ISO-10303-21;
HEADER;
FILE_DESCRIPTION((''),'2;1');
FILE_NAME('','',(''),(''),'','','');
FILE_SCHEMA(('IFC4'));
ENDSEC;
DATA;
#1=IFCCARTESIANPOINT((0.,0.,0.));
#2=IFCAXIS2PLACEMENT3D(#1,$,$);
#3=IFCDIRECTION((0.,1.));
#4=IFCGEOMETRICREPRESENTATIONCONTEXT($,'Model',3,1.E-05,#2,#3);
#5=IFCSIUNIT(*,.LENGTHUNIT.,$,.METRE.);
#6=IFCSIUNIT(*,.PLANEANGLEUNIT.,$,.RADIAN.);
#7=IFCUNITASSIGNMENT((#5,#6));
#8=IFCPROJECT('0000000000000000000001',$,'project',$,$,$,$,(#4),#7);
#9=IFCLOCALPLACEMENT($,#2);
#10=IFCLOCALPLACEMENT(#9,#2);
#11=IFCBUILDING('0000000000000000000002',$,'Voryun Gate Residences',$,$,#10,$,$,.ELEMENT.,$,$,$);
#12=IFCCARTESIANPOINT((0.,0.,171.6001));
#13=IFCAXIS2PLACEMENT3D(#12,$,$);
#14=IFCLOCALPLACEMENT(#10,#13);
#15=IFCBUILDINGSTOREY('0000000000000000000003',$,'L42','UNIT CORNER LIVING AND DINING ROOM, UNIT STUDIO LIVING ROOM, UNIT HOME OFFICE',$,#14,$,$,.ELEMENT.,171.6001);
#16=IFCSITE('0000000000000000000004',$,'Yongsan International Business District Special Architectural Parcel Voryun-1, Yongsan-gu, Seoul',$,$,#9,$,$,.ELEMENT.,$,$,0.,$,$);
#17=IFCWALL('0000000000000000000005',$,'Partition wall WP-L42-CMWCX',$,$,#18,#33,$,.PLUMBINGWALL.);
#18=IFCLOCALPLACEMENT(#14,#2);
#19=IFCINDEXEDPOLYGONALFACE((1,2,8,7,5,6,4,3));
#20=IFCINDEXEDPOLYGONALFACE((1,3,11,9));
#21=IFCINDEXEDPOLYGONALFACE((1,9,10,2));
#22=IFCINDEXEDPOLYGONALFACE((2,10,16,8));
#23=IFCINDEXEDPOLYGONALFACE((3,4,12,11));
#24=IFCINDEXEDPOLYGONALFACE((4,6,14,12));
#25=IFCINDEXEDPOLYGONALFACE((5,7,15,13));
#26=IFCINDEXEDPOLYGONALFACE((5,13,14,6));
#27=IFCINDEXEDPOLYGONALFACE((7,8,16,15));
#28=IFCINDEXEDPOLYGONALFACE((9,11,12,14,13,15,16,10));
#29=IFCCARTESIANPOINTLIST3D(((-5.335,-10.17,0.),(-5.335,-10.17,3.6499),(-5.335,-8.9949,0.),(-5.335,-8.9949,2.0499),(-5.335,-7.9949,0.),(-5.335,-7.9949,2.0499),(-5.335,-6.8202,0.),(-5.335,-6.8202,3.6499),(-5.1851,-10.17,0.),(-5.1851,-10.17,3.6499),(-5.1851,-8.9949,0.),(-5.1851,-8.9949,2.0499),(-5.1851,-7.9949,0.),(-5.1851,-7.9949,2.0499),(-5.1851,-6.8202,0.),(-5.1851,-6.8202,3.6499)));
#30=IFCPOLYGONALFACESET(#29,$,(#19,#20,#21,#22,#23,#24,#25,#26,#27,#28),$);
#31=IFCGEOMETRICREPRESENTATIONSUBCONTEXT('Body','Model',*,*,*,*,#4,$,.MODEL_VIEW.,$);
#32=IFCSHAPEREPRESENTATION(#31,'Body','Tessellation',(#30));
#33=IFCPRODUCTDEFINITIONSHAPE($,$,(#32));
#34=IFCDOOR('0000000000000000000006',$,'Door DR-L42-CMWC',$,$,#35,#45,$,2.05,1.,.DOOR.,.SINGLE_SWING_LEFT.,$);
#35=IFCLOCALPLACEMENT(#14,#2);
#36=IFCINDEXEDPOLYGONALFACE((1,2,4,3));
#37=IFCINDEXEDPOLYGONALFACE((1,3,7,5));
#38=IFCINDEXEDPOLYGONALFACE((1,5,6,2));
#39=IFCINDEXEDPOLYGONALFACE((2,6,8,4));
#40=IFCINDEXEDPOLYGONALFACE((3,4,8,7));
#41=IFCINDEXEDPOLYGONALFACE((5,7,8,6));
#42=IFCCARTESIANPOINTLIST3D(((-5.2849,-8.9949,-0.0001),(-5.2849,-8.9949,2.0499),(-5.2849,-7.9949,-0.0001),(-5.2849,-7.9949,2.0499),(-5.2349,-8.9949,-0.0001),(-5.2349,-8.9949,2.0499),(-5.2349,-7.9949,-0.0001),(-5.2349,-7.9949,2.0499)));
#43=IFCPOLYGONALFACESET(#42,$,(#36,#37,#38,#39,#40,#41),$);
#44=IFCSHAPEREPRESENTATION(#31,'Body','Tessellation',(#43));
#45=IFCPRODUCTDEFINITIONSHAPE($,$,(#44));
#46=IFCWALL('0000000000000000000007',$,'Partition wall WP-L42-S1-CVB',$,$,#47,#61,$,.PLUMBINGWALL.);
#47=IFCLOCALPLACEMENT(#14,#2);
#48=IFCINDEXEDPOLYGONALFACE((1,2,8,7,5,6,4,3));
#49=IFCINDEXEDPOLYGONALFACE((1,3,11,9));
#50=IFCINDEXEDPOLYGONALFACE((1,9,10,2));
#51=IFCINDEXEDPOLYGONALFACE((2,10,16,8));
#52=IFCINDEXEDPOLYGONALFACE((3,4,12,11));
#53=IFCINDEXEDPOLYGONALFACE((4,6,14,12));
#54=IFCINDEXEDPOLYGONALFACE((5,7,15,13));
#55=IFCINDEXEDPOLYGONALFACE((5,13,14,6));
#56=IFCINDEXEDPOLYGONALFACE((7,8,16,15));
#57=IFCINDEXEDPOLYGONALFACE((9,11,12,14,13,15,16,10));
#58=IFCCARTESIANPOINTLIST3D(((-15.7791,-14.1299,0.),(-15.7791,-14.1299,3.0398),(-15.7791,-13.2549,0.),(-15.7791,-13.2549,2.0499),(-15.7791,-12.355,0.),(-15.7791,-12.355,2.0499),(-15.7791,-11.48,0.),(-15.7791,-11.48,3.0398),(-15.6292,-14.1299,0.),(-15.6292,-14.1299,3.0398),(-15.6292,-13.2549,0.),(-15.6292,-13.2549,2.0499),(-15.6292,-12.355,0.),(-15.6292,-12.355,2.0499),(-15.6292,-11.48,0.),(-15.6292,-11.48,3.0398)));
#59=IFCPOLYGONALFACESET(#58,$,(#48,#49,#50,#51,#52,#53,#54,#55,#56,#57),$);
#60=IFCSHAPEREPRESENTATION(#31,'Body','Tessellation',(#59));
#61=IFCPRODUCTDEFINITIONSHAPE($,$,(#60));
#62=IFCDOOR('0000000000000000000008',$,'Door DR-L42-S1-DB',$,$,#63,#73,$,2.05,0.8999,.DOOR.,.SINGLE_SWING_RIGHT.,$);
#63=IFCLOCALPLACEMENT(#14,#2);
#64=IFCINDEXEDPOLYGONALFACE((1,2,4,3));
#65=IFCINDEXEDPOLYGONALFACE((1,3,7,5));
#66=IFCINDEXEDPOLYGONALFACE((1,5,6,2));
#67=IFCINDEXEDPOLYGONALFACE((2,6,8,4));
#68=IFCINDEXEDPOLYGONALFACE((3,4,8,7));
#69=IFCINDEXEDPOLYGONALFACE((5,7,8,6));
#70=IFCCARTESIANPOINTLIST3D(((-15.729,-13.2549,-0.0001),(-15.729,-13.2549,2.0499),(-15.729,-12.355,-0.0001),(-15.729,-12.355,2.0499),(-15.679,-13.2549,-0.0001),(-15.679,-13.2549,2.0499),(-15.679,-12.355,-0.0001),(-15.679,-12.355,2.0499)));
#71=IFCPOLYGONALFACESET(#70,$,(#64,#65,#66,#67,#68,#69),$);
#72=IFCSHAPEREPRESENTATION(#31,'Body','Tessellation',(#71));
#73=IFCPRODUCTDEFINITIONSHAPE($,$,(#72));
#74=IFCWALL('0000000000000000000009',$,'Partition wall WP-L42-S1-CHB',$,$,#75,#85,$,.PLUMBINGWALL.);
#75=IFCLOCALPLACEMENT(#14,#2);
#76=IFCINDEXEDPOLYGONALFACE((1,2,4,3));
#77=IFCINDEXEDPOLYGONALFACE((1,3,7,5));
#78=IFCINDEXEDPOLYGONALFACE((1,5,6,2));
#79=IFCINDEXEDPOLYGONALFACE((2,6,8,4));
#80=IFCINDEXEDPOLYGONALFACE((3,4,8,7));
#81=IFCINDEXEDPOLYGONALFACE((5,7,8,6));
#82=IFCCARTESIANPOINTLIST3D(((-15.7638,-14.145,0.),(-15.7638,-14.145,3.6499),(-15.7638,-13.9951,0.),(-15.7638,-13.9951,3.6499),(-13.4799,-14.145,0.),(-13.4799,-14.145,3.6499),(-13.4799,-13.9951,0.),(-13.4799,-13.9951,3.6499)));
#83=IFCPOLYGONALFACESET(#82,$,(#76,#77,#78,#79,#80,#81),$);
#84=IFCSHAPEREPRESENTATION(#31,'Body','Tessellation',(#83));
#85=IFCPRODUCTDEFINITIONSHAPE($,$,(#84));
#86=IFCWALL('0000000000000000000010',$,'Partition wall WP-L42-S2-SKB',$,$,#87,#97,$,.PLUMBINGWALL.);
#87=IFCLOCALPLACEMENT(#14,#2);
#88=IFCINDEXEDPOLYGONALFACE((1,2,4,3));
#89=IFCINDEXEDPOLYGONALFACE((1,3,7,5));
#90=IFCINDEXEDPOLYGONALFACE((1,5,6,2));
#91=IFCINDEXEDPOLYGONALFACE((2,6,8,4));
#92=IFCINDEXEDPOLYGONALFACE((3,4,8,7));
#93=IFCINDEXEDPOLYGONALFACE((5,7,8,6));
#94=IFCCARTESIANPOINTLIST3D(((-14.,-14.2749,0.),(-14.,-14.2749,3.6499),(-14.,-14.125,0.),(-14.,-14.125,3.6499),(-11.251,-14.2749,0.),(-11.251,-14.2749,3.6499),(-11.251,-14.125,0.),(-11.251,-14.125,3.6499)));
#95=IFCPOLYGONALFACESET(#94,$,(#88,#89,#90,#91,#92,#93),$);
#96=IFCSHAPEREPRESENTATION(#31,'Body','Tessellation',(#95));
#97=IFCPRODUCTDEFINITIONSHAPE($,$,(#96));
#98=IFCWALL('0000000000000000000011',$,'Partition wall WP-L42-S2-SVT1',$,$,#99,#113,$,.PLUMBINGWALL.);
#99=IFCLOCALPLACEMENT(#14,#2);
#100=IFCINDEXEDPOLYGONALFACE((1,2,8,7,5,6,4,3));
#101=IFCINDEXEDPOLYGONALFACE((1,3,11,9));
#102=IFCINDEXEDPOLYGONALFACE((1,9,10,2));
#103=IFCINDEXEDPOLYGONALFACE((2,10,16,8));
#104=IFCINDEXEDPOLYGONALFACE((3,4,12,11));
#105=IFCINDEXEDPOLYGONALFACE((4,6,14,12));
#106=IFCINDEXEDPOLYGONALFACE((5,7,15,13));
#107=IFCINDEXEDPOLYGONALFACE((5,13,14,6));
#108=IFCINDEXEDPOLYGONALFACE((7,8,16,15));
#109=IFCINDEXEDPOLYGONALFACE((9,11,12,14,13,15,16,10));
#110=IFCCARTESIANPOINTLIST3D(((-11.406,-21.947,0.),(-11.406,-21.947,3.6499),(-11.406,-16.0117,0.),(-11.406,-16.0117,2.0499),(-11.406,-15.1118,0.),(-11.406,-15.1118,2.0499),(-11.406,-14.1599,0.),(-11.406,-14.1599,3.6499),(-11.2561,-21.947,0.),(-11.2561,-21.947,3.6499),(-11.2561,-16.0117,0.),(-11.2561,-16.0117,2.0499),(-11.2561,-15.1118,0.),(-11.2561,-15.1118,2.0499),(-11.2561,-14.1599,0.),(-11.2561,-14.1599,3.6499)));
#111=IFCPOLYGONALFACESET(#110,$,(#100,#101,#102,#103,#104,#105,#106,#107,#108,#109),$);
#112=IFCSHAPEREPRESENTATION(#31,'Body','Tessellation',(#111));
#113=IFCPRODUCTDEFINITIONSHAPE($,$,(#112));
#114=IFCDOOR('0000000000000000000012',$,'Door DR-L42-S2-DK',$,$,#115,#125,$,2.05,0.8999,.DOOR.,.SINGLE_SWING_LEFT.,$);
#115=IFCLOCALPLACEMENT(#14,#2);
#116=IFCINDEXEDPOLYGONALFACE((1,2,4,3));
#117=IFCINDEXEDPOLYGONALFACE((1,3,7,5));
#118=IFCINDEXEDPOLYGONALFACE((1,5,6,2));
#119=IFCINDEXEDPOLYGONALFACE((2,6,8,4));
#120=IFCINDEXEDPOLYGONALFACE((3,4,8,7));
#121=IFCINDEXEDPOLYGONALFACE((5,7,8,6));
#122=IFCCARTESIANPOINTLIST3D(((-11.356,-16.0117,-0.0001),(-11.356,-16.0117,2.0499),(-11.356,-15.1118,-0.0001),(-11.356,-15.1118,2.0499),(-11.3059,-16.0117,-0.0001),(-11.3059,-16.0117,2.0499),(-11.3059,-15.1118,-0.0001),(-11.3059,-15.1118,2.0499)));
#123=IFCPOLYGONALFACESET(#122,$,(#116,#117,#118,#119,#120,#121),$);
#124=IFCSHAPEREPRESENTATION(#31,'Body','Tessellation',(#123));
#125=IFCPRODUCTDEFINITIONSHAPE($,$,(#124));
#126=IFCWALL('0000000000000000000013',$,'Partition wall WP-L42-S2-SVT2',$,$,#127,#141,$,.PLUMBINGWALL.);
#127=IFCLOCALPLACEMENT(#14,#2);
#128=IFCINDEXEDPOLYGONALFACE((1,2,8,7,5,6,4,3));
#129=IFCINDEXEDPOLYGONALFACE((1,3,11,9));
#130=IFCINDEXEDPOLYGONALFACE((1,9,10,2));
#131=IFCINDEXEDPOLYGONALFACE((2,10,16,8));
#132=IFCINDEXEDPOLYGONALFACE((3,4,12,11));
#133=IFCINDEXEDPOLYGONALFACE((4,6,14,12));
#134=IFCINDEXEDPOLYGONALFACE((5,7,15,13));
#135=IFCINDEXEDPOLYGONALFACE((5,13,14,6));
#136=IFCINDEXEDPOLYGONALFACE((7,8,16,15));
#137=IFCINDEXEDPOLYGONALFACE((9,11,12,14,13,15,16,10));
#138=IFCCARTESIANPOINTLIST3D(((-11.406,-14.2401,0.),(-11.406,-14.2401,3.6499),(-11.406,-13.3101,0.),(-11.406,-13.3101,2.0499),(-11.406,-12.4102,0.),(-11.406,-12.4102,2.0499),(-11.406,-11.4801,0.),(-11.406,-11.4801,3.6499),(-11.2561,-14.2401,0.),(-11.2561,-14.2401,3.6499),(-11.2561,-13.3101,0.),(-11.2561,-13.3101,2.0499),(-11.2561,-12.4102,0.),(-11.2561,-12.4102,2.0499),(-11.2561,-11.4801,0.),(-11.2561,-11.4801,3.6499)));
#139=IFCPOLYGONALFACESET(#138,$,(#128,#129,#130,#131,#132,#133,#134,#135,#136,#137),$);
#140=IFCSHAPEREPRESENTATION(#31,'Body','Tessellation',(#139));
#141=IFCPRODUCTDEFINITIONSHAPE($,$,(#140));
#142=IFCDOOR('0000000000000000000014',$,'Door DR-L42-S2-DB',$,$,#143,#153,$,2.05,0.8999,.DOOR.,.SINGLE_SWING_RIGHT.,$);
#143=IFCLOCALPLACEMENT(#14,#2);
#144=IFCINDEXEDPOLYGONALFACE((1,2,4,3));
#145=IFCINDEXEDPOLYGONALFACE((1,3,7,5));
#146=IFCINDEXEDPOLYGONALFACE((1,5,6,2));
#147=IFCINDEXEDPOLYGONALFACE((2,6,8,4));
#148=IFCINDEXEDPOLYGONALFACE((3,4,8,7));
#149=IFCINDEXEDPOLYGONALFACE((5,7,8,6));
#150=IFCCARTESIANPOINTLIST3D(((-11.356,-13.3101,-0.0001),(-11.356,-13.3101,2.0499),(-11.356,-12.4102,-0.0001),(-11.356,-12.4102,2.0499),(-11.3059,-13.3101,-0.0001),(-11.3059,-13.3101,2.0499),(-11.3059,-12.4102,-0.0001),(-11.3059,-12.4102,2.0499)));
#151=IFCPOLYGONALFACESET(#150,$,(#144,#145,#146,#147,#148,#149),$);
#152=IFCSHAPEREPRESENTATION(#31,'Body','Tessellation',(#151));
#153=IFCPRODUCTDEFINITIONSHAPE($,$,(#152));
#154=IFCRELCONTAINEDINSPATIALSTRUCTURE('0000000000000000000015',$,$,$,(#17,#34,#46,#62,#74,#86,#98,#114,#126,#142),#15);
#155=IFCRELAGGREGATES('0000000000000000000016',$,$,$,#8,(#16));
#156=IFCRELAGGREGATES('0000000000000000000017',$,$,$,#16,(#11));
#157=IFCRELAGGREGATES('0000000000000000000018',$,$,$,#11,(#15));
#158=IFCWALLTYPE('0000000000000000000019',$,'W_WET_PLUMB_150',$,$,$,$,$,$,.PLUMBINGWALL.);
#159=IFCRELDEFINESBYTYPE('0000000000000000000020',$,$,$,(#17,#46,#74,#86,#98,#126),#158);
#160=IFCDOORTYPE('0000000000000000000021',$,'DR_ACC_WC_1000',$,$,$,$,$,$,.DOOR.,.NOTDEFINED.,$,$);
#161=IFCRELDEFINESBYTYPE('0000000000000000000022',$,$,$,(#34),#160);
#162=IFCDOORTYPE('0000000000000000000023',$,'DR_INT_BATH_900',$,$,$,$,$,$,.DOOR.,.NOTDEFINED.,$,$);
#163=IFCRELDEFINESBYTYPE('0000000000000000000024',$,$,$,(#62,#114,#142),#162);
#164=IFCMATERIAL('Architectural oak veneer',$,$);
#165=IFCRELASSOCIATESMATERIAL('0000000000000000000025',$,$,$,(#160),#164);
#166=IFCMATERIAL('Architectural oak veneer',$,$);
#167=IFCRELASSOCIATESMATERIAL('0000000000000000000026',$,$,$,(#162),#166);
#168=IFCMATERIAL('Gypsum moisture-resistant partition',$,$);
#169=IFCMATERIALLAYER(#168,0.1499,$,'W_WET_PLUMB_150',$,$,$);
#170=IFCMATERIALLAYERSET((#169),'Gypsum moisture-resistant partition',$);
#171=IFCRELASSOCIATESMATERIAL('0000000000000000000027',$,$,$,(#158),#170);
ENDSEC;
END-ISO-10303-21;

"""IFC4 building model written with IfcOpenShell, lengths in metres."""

from ifc_helpers import new_model, si_unit, direction, frame, frame_2d, origin, place, context, subcontext, project, spatial, rectangle, extrude, material, layer, layer_set, type_object, element, fill, save


model = new_model("IFC4")

# Units and contexts
model_context = context("Model", 3, precision=1e-05, world=origin(), true_north=direction((0.0, 1.0)))
body_context = subcontext(model_context, "Body", "Model", "MODEL_VIEW")
ifc_project = project(units=[si_unit("LENGTHUNIT", "METRE"), si_unit("PLANEANGLEUNIT", "RADIAN")], contexts=[model_context])

# Site, building, storey
site_placement = place(None, origin())
site = spatial("IfcSite", under=ifc_project, at=site_placement, Name="Yongsan International Business District Special Architectural Parcel Voryun-1, Yongsan-gu, Seoul", CompositionType="ELEMENT", RefElevation=0.0)
building_placement = place(site_placement, origin())
building = spatial("IfcBuilding", under=site, at=building_placement, Name="Voryun Gate Residences", CompositionType="ELEMENT")
storey_placement = place(building_placement, frame((0.0, 0.0, 171.6001)))
storey = spatial("IfcBuildingStorey", under=building, at=storey_placement, Name="L42", Description="UNIT CORNER LIVING AND DINING ROOM, UNIT STUDIO LIVING ROOM, UNIT HOME OFFICE", CompositionType="ELEMENT", Elevation=171.6001)

# Shared definitions
ifc_material_1 = material(Name="Architectural oak veneer")
door_type_1 = type_object("IfcDoorType", Name="DR_ACC_WC_1000", OperationType="NOTDEFINED", PredefinedType="DOOR", material=ifc_material_1)
ifc_material_2 = material(Name="Architectural oak veneer")
door_type_2 = type_object("IfcDoorType", Name="DR_INT_BATH_900", OperationType="NOTDEFINED", PredefinedType="DOOR", material=ifc_material_2)

# Walls, openings, doors
ifc_material_3 = material(Name="Gypsum moisture-resistant partition")
ifc_layer_1 = layer(ifc_material_3, 0.1499, Name="W_WET_PLUMB_150")
ifc_layer_set_1 = layer_set([ifc_layer_1], Name="Gypsum moisture-resistant partition")
wall_type_1 = type_object("IfcWallType", Name="W_WET_PLUMB_150", PredefinedType="PLUMBINGWALL", material=ifc_layer_set_1)
wall_1_placement = place(storey_placement, frame((-5.26, -10.1699, 0.0), z_axis=(0.0, 0.0, 1.0), x_axis=(0.0, 1.0, 0.0)))
wall_1 = element("IfcWall", 1, at=wall_1_placement, inside=storey, type_object=wall_type_1, Name="Partition wall WP-L42-CMWCX", PredefinedType="PLUMBINGWALL", context=body_context, shape_type="SweptSolid", body=[
    extrude(rectangle(XDim=3.3499, YDim=0.1499, at=frame_2d((1.6748, 0.0))), origin(), (0.0, 0.0, 1.0), 3.6499),
])
opening_1_placement = place(wall_1_placement, frame((1.175, 0.0, 0.0)))
opening_1 = element("IfcOpeningElement", 2, at=opening_1_placement, cuts=wall_1, PredefinedType="OPENING", context=body_context, shape_type="SweptSolid", body=[
    extrude(rectangle(XDim=1.0, YDim=2.05, at=frame_2d((0.5, 1.0249))), frame((0.0, 0.085, 0.0), z_axis=(0.0, -1.0, 0.0), x_axis=(1.0, 0.0, 0.0)), (0.0, 0.0, 1.0), 0.1699),
])
door_1_placement = place(opening_1_placement, origin())
door_1 = element("IfcDoor", 3, at=door_1_placement, inside=storey, type_object=door_type_1, Name="Door DR-L42-CMWC", OperationType="SINGLE_SWING_LEFT", OverallHeight=2.05, OverallWidth=1.0, PredefinedType="DOOR", context=body_context, shape_type="SweptSolid", body=[
    extrude(rectangle(XDim=1.0, YDim=2.05, at=frame_2d((0.5, 1.0249))), frame((0.0, 0.0249, 0.0), z_axis=(0.0, -1.0, 0.0), x_axis=(1.0, 0.0, 0.0)), (0.0, 0.0, 1.0), 0.05),
])
fill(opening_1, door_1)
wall_2_placement = place(storey_placement, frame((-15.7041, -14.1299, 0.0), z_axis=(0.0, 0.0, 1.0), x_axis=(0.0, 1.0, 0.0)))
wall_2 = element("IfcWall", 4, at=wall_2_placement, inside=storey, type_object=wall_type_1, Name="Partition wall WP-L42-S1-CVB", PredefinedType="PLUMBINGWALL", context=body_context, shape_type="SweptSolid", body=[
    extrude(rectangle(XDim=2.6499, YDim=0.1499, at=frame_2d((1.325, 0.0))), origin(), (0.0, 0.0, 1.0), 3.0398),
])
opening_2_placement = place(wall_2_placement, frame((0.875, 0.0, 0.0)))
opening_2 = element("IfcOpeningElement", 5, at=opening_2_placement, cuts=wall_2, PredefinedType="OPENING", context=body_context, shape_type="SweptSolid", body=[
    extrude(rectangle(XDim=0.8999, YDim=2.05, at=frame_2d((0.45, 1.0249))), frame((0.0, 0.085, 0.0), z_axis=(0.0, -1.0, 0.0), x_axis=(1.0, 0.0, 0.0)), (0.0, 0.0, 1.0), 0.1699),
])
door_2_placement = place(opening_2_placement, origin())
door_2 = element("IfcDoor", 6, at=door_2_placement, inside=storey, type_object=door_type_2, Name="Door DR-L42-S1-DB", OperationType="SINGLE_SWING_RIGHT", OverallHeight=2.05, OverallWidth=0.8999, PredefinedType="DOOR", context=body_context, shape_type="SweptSolid", body=[
    extrude(rectangle(XDim=0.8999, YDim=2.05, at=frame_2d((0.45, 1.0249))), frame((0.0, 0.0249, 0.0), z_axis=(0.0, -1.0, 0.0), x_axis=(1.0, 0.0, 0.0)), (0.0, 0.0, 1.0), 0.05),
])
fill(opening_2, door_2)

# Walls
wall_3_placement = place(storey_placement, frame((-15.7639, -14.0701, 0.0), z_axis=(0.0, 0.0, 1.0), x_axis=(1.0, 0.0, 0.0)))
element("IfcWall", 7, at=wall_3_placement, inside=storey, type_object=wall_type_1, Name="Partition wall WP-L42-S1-CHB", PredefinedType="PLUMBINGWALL", context=body_context, shape_type="SweptSolid", body=[
    extrude(rectangle(XDim=2.2839, YDim=0.1499, at=frame_2d((1.1421, 0.0))), origin(), (0.0, 0.0, 1.0), 3.6499),
])
wall_4_placement = place(storey_placement, frame((-14.0, -14.2, 0.0), z_axis=(0.0, 0.0, 1.0), x_axis=(1.0, 0.0, 0.0)))
element("IfcWall", 8, at=wall_4_placement, inside=storey, type_object=wall_type_1, Name="Partition wall WP-L42-S2-SKB", PredefinedType="PLUMBINGWALL", context=body_context, shape_type="SweptSolid", body=[
    extrude(rectangle(XDim=2.749, YDim=0.1499, at=frame_2d((1.3745, 0.0))), origin(), (0.0, 0.0, 1.0), 3.6499),
])

# Walls, openings, doors
wall_5_placement = place(storey_placement, frame((-11.3311, -21.947, 0.0), z_axis=(0.0, 0.0, 1.0), x_axis=(0.0, 1.0, 0.0)))
wall_5 = element("IfcWall", 9, at=wall_5_placement, inside=storey, type_object=wall_type_1, Name="Partition wall WP-L42-S2-SVT1", PredefinedType="PLUMBINGWALL", context=body_context, shape_type="SweptSolid", body=[
    extrude(rectangle(XDim=7.7871, YDim=0.1499, at=frame_2d((3.8936, 0.0))), origin(), (0.0, 0.0, 1.0), 3.6499),
])
opening_3_placement = place(wall_5_placement, frame((5.9353, 0.0, 0.0)))
opening_3 = element("IfcOpeningElement", 10, at=opening_3_placement, cuts=wall_5, PredefinedType="OPENING", context=body_context, shape_type="SweptSolid", body=[
    extrude(rectangle(XDim=0.8999, YDim=2.05, at=frame_2d((0.45, 1.0249))), frame((0.0, 0.085, 0.0), z_axis=(0.0, -1.0, 0.0), x_axis=(1.0, 0.0, 0.0)), (0.0, 0.0, 1.0), 0.1699),
])
door_3_placement = place(opening_3_placement, origin())
door_3 = element("IfcDoor", 11, at=door_3_placement, inside=storey, type_object=door_type_2, Name="Door DR-L42-S2-DK", OperationType="SINGLE_SWING_LEFT", OverallHeight=2.05, OverallWidth=0.8999, PredefinedType="DOOR", context=body_context, shape_type="SweptSolid", body=[
    extrude(rectangle(XDim=0.8999, YDim=2.05, at=frame_2d((0.45, 1.0249))), frame((0.0, 0.0249, 0.0), z_axis=(0.0, -1.0, 0.0), x_axis=(1.0, 0.0, 0.0)), (0.0, 0.0, 1.0), 0.05),
])
fill(opening_3, door_3)
wall_6_placement = place(storey_placement, frame((-11.3311, -14.24, 0.0), z_axis=(0.0, 0.0, 1.0), x_axis=(0.0, 1.0, 0.0)))
wall_6 = element("IfcWall", 12, at=wall_6_placement, inside=storey, type_object=wall_type_1, Name="Partition wall WP-L42-S2-SVT2", PredefinedType="PLUMBINGWALL", context=body_context, shape_type="SweptSolid", body=[
    extrude(rectangle(XDim=2.76, YDim=0.1499, at=frame_2d((1.3799, 0.0))), origin(), (0.0, 0.0, 1.0), 3.6499),
])
opening_4_placement = place(wall_6_placement, frame((0.9299, 0.0, 0.0)))
opening_4 = element("IfcOpeningElement", 13, at=opening_4_placement, cuts=wall_6, PredefinedType="OPENING", context=body_context, shape_type="SweptSolid", body=[
    extrude(rectangle(XDim=0.8999, YDim=2.05, at=frame_2d((0.45, 1.0249))), frame((0.0, 0.085, 0.0), z_axis=(0.0, -1.0, 0.0), x_axis=(1.0, 0.0, 0.0)), (0.0, 0.0, 1.0), 0.1699),
])
door_4_placement = place(opening_4_placement, origin())
door_4 = element("IfcDoor", 14, at=door_4_placement, inside=storey, type_object=door_type_2, Name="Door DR-L42-S2-DB", OperationType="SINGLE_SWING_RIGHT", OverallHeight=2.05, OverallWidth=0.8999, PredefinedType="DOOR", context=body_context, shape_type="SweptSolid", body=[
    extrude(rectangle(XDim=0.8999, YDim=2.05, at=frame_2d((0.45, 1.0249))), frame((0.0, 0.0249, 0.0), z_axis=(0.0, -1.0, 0.0), x_axis=(1.0, 0.0, 0.0)), (0.0, 0.0, 1.0), 0.05),
])
fill(opening_4, door_4)

save(model, "model.ifc")
